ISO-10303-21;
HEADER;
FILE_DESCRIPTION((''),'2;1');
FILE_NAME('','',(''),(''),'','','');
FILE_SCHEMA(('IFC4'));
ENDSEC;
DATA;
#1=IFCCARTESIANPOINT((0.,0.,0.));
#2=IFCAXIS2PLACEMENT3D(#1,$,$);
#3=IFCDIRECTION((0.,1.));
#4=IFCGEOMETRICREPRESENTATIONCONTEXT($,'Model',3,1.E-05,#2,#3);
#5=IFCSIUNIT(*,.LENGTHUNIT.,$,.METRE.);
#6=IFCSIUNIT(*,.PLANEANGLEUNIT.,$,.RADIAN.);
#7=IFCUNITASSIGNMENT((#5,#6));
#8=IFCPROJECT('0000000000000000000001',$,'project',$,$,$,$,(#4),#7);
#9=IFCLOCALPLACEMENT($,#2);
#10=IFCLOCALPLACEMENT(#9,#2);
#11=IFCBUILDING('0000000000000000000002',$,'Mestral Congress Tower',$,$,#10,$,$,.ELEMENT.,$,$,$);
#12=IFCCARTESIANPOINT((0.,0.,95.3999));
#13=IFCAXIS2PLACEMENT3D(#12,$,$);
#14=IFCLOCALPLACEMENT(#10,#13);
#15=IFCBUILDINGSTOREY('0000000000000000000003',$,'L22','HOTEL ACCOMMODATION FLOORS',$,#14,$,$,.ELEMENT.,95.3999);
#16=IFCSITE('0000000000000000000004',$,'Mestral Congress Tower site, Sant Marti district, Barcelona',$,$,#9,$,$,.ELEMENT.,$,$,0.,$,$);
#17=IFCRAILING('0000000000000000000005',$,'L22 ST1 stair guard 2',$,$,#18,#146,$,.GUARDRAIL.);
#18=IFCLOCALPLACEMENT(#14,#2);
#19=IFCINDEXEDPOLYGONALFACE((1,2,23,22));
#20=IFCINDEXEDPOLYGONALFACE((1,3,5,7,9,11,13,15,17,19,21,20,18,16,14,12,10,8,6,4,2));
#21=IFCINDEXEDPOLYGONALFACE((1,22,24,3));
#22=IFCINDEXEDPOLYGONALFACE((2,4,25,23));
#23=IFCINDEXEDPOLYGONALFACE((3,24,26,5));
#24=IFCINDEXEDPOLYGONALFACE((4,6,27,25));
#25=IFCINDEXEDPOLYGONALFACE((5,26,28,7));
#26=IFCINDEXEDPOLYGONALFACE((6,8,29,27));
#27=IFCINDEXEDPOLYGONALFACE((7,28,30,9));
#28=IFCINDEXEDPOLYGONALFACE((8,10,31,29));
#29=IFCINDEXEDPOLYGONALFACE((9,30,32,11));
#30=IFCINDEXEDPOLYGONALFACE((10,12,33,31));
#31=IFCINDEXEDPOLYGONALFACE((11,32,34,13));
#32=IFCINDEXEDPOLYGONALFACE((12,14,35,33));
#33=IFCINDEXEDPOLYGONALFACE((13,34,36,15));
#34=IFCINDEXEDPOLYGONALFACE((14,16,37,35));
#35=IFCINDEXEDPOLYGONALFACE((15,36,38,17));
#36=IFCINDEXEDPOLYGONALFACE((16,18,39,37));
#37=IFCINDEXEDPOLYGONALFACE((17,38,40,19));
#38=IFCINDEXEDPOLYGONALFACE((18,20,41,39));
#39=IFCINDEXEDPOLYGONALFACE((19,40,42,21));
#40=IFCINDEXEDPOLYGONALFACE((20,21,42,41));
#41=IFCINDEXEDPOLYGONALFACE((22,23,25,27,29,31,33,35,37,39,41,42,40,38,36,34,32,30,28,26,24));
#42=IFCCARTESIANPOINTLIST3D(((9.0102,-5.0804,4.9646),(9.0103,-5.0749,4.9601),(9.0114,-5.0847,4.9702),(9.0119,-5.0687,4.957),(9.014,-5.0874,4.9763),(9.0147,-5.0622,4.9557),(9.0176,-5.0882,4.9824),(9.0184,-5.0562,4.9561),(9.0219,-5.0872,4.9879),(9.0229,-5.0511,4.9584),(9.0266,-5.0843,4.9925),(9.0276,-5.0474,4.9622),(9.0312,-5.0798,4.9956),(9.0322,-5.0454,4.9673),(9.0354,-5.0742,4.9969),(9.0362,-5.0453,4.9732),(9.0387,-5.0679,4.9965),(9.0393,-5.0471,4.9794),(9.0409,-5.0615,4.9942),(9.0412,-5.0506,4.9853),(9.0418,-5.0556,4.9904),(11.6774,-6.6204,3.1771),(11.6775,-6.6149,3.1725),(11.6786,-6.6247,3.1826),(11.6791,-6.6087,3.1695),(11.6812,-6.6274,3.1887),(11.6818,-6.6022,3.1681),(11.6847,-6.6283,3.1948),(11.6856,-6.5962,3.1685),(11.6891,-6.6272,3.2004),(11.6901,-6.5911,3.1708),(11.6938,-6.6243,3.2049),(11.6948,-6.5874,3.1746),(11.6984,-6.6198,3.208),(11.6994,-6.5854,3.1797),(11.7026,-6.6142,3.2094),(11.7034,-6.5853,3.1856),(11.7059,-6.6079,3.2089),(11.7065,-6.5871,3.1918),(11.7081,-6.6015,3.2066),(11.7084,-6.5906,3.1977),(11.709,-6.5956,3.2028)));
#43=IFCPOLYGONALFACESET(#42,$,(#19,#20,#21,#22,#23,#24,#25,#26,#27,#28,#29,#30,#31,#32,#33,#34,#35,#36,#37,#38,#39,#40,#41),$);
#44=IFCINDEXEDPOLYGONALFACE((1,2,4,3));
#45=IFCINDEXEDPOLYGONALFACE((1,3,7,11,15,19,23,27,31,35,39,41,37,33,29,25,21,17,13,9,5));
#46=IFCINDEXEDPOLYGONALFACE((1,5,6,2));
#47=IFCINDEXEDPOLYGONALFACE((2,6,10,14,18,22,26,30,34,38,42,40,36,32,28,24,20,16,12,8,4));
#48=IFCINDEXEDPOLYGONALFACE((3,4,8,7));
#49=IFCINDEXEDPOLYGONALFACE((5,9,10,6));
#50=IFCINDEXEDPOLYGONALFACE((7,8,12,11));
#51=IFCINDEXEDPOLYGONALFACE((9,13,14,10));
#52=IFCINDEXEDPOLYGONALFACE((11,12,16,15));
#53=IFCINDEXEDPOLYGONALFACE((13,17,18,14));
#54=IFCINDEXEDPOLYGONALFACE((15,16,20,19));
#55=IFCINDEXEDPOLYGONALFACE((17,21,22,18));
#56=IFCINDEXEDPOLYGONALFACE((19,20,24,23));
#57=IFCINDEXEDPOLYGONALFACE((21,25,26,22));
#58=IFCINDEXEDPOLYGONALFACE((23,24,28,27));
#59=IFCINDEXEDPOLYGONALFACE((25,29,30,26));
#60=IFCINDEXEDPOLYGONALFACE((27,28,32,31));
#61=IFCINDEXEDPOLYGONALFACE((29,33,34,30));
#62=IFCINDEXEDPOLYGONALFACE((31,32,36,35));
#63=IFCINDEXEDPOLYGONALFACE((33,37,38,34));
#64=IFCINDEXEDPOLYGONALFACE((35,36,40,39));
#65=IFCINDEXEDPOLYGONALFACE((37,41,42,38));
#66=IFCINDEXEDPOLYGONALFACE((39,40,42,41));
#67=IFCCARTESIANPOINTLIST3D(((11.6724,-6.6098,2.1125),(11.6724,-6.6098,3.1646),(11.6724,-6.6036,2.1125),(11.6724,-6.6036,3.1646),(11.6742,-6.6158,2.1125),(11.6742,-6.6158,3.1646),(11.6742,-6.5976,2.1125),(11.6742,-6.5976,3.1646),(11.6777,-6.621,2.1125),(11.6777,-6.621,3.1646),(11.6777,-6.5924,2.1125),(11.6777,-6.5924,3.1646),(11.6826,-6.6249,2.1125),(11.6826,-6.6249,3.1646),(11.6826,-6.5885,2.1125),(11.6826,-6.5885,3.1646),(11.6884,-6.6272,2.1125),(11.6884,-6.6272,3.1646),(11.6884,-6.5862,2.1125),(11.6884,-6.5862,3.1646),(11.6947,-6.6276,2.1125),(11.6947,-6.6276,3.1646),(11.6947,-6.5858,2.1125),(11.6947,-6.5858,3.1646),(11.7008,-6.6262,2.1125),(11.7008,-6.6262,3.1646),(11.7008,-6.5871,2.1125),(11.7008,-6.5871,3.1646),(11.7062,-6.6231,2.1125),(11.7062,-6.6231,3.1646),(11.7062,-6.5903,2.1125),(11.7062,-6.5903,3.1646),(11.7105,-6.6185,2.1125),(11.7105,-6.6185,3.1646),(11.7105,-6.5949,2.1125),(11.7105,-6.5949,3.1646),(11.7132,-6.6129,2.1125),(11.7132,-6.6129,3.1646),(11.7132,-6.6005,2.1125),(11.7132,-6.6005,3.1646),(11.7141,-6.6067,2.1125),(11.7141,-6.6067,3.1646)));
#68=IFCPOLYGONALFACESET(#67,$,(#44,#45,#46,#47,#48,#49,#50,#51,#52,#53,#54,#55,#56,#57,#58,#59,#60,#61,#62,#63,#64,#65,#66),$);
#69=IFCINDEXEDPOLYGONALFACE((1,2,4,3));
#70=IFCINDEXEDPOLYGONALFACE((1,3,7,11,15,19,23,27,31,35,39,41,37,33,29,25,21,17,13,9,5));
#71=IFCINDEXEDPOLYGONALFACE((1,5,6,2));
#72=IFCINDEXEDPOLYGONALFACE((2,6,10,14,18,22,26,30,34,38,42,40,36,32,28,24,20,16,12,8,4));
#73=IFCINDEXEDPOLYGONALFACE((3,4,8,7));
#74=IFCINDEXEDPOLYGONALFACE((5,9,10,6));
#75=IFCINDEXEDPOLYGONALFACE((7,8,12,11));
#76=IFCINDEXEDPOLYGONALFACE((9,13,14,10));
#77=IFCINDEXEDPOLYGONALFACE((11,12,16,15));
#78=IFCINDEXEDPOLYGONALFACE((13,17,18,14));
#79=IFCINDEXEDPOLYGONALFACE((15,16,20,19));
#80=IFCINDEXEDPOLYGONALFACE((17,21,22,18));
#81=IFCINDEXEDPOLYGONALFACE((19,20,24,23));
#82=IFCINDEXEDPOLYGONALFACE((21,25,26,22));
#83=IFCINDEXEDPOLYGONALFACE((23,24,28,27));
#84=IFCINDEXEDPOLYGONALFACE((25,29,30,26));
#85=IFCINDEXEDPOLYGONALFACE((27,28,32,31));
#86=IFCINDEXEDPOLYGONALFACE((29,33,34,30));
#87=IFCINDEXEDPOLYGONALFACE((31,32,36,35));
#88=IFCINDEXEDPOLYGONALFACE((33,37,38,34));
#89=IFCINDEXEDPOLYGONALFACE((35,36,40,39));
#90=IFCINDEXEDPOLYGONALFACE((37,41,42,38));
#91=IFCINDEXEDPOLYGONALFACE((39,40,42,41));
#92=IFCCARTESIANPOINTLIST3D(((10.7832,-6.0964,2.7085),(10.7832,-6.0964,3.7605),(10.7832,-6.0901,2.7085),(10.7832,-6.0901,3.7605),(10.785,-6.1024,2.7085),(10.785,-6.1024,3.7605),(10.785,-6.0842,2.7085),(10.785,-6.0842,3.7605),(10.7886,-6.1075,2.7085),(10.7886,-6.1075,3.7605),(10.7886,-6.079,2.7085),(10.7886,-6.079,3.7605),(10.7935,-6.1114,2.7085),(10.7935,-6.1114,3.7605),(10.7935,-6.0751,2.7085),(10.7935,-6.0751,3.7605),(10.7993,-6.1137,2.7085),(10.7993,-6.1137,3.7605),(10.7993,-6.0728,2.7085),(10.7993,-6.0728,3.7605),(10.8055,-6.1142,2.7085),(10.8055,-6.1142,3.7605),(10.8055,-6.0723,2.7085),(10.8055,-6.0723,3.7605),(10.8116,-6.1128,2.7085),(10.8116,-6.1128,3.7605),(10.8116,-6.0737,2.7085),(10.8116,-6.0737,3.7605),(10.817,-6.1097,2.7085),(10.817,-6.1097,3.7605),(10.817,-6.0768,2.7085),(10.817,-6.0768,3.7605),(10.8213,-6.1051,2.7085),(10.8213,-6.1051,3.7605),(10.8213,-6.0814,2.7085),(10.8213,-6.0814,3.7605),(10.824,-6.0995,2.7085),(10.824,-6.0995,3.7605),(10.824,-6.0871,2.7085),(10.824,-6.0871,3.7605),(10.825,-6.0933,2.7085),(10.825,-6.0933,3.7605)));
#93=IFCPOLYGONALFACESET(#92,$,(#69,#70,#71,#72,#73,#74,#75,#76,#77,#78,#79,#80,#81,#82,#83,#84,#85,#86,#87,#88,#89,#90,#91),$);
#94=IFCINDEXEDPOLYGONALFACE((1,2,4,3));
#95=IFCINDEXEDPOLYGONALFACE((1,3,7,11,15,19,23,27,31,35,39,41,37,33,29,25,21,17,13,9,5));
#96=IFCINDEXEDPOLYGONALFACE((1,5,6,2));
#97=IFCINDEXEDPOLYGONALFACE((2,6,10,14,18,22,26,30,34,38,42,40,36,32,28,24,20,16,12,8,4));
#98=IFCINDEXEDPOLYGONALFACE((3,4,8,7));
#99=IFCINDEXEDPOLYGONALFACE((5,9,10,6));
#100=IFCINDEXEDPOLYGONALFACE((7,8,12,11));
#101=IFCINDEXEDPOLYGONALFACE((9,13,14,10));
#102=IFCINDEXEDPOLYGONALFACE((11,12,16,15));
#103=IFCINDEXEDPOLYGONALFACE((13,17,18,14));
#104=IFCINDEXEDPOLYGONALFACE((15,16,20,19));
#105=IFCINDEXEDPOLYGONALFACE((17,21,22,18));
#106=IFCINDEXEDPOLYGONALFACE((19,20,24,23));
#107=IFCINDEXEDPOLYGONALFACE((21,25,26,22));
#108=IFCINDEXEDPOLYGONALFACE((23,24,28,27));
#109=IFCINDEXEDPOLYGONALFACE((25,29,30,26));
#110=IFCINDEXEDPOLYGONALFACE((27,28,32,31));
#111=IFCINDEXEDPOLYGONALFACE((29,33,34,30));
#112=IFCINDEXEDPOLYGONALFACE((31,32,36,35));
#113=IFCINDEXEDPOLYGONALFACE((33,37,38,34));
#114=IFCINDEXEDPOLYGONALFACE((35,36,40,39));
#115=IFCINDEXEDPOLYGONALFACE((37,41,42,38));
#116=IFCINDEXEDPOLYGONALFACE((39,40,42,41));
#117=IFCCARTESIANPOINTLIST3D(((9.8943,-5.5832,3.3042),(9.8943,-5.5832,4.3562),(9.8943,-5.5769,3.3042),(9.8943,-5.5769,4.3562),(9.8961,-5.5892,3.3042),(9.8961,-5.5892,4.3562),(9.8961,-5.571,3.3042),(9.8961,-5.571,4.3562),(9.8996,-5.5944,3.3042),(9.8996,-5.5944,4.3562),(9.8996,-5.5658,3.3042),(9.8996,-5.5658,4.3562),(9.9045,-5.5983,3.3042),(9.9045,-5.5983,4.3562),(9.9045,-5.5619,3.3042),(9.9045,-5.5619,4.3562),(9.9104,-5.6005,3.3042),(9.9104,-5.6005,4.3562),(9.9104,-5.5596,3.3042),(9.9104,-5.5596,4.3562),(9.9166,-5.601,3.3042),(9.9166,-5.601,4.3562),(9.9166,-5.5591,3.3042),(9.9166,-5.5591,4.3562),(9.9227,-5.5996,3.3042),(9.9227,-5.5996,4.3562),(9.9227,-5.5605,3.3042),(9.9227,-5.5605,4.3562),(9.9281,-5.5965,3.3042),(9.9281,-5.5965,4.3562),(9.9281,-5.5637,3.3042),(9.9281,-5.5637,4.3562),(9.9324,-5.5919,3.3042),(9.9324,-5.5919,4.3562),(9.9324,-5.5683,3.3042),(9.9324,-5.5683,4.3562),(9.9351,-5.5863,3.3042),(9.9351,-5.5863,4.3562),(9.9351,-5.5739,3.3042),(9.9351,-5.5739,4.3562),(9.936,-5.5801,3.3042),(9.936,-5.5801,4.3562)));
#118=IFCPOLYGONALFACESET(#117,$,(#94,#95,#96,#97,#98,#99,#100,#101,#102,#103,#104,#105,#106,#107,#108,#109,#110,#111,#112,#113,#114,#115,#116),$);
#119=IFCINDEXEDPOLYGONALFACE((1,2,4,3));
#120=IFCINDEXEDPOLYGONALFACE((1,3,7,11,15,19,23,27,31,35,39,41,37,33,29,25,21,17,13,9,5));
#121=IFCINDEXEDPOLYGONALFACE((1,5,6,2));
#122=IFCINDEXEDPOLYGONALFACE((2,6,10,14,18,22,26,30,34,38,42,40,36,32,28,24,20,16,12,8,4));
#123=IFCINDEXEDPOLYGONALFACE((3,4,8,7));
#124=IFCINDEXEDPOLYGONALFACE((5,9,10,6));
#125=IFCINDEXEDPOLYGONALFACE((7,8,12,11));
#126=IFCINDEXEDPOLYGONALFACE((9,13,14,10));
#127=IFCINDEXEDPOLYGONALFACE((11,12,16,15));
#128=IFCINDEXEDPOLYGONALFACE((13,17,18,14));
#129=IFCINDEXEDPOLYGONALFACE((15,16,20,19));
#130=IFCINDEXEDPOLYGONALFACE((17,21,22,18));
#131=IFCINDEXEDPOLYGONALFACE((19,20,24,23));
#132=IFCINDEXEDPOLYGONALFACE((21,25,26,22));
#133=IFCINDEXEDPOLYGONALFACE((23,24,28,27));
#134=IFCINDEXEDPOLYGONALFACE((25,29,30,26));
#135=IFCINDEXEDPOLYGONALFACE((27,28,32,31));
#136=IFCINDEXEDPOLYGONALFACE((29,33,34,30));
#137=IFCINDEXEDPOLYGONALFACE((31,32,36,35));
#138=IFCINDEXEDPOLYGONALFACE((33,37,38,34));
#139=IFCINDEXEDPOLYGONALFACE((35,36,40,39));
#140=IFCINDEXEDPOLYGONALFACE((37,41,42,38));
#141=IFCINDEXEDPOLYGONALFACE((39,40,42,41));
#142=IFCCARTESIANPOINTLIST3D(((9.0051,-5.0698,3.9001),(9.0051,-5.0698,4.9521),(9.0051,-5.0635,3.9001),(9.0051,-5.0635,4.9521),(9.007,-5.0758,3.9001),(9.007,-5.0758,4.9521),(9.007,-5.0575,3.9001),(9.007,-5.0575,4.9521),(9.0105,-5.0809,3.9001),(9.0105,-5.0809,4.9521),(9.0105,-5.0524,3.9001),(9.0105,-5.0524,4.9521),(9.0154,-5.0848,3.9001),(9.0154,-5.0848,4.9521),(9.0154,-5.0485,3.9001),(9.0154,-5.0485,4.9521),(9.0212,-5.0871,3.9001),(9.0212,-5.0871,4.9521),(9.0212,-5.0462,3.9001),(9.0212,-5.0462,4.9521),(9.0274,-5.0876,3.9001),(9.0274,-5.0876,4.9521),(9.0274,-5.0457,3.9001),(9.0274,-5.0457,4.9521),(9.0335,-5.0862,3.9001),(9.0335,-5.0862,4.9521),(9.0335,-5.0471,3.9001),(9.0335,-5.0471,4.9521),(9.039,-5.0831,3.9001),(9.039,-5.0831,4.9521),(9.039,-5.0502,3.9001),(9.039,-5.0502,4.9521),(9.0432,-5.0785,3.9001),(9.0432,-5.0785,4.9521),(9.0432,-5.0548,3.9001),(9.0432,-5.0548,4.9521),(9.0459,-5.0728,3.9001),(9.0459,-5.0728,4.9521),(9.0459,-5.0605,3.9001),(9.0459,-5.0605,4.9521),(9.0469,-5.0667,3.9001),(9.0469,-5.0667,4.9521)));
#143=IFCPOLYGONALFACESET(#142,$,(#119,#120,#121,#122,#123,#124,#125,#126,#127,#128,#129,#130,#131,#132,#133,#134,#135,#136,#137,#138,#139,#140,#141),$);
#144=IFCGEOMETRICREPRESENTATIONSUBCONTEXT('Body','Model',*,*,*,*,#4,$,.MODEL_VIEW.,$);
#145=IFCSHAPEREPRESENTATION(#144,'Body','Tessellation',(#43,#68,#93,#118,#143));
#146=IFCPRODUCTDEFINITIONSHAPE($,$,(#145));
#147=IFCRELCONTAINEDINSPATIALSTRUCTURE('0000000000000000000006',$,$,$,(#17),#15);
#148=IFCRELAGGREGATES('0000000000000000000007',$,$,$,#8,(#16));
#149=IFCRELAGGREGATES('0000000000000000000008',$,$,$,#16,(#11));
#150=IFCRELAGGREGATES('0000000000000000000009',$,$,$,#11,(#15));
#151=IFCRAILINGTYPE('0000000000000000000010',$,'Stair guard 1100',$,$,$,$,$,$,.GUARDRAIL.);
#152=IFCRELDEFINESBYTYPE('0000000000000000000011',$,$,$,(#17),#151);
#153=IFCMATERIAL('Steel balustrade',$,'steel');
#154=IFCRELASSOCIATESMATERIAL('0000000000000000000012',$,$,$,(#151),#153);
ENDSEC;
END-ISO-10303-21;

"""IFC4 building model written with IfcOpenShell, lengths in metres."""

from ifc_helpers import new_model, si_unit, direction, frame, origin, origin_2d, place, context, subcontext, project, spatial, circle, extrude, material, type_object, element, save


model = new_model("IFC4")

# Units and contexts
model_context = context("Model", 3, precision=1e-05, world=origin(), true_north=direction((0.0, 1.0)))
body_context = subcontext(model_context, "Body", "Model", "MODEL_VIEW")
ifc_project = project(units=[si_unit("LENGTHUNIT", "METRE"), si_unit("PLANEANGLEUNIT", "RADIAN")], contexts=[model_context])

# Site, building, storey
site_placement = place(None, origin())
site = spatial("IfcSite", under=ifc_project, at=site_placement, Name="Mestral Congress Tower site, Sant Marti district, Barcelona", CompositionType="ELEMENT", RefElevation=0.0)
building_placement = place(site_placement, origin())
building = spatial("IfcBuilding", under=site, at=building_placement, Name="Mestral Congress Tower", CompositionType="ELEMENT")
storey_placement = place(building_placement, frame((0.0, 0.0, 95.3999)))
storey = spatial("IfcBuildingStorey", under=building, at=storey_placement, Name="L22", Description="HOTEL ACCOMMODATION FLOORS", CompositionType="ELEMENT", Elevation=95.3999)

# Railing
ifc_material_1 = material(Name="Steel balustrade", Category="steel")
railing_type_1 = type_object("IfcRailingType", Name="Stair guard 1100", PredefinedType="GUARDRAIL", material=ifc_material_1)
railing_1_placement = place(storey_placement, frame((11.6931, -6.6067, 2.1125)))
element("IfcRailing", 1, at=railing_1_placement, inside=storey, type_object=railing_type_1, Name="L22 ST1 stair guard 2", PredefinedType="GUARDRAIL", context=body_context, shape_type="SweptSolid", body=[
    extrude(circle(Radius=0.0239, at=origin_2d()), frame((0.0, 0.0, 1.0762), z_axis=(-0.748994, 0.432463, 0.50198), x_axis=(-0.500027, -0.86601, 0.0)), (0.0, 0.0, 1.0), 3.561),
    extrude(circle(Radius=0.021, at=origin_2d()), origin(), (0.0, 0.0, 1.0), 1.052),
    extrude(circle(Radius=0.021, at=origin_2d()), frame((-0.8892, 0.5134, 0.5959)), (0.0, 0.0, 1.0), 1.052),
    extrude(circle(Radius=0.021, at=origin_2d()), frame((-1.7781, 1.0266, 1.1917)), (0.0, 0.0, 1.0), 1.052),
    extrude(circle(Radius=0.021, at=origin_2d()), frame((-2.6672, 1.54, 1.7876)), (0.0, 0.0, 1.0), 1.052),
])

save(model, "model.ifc")
